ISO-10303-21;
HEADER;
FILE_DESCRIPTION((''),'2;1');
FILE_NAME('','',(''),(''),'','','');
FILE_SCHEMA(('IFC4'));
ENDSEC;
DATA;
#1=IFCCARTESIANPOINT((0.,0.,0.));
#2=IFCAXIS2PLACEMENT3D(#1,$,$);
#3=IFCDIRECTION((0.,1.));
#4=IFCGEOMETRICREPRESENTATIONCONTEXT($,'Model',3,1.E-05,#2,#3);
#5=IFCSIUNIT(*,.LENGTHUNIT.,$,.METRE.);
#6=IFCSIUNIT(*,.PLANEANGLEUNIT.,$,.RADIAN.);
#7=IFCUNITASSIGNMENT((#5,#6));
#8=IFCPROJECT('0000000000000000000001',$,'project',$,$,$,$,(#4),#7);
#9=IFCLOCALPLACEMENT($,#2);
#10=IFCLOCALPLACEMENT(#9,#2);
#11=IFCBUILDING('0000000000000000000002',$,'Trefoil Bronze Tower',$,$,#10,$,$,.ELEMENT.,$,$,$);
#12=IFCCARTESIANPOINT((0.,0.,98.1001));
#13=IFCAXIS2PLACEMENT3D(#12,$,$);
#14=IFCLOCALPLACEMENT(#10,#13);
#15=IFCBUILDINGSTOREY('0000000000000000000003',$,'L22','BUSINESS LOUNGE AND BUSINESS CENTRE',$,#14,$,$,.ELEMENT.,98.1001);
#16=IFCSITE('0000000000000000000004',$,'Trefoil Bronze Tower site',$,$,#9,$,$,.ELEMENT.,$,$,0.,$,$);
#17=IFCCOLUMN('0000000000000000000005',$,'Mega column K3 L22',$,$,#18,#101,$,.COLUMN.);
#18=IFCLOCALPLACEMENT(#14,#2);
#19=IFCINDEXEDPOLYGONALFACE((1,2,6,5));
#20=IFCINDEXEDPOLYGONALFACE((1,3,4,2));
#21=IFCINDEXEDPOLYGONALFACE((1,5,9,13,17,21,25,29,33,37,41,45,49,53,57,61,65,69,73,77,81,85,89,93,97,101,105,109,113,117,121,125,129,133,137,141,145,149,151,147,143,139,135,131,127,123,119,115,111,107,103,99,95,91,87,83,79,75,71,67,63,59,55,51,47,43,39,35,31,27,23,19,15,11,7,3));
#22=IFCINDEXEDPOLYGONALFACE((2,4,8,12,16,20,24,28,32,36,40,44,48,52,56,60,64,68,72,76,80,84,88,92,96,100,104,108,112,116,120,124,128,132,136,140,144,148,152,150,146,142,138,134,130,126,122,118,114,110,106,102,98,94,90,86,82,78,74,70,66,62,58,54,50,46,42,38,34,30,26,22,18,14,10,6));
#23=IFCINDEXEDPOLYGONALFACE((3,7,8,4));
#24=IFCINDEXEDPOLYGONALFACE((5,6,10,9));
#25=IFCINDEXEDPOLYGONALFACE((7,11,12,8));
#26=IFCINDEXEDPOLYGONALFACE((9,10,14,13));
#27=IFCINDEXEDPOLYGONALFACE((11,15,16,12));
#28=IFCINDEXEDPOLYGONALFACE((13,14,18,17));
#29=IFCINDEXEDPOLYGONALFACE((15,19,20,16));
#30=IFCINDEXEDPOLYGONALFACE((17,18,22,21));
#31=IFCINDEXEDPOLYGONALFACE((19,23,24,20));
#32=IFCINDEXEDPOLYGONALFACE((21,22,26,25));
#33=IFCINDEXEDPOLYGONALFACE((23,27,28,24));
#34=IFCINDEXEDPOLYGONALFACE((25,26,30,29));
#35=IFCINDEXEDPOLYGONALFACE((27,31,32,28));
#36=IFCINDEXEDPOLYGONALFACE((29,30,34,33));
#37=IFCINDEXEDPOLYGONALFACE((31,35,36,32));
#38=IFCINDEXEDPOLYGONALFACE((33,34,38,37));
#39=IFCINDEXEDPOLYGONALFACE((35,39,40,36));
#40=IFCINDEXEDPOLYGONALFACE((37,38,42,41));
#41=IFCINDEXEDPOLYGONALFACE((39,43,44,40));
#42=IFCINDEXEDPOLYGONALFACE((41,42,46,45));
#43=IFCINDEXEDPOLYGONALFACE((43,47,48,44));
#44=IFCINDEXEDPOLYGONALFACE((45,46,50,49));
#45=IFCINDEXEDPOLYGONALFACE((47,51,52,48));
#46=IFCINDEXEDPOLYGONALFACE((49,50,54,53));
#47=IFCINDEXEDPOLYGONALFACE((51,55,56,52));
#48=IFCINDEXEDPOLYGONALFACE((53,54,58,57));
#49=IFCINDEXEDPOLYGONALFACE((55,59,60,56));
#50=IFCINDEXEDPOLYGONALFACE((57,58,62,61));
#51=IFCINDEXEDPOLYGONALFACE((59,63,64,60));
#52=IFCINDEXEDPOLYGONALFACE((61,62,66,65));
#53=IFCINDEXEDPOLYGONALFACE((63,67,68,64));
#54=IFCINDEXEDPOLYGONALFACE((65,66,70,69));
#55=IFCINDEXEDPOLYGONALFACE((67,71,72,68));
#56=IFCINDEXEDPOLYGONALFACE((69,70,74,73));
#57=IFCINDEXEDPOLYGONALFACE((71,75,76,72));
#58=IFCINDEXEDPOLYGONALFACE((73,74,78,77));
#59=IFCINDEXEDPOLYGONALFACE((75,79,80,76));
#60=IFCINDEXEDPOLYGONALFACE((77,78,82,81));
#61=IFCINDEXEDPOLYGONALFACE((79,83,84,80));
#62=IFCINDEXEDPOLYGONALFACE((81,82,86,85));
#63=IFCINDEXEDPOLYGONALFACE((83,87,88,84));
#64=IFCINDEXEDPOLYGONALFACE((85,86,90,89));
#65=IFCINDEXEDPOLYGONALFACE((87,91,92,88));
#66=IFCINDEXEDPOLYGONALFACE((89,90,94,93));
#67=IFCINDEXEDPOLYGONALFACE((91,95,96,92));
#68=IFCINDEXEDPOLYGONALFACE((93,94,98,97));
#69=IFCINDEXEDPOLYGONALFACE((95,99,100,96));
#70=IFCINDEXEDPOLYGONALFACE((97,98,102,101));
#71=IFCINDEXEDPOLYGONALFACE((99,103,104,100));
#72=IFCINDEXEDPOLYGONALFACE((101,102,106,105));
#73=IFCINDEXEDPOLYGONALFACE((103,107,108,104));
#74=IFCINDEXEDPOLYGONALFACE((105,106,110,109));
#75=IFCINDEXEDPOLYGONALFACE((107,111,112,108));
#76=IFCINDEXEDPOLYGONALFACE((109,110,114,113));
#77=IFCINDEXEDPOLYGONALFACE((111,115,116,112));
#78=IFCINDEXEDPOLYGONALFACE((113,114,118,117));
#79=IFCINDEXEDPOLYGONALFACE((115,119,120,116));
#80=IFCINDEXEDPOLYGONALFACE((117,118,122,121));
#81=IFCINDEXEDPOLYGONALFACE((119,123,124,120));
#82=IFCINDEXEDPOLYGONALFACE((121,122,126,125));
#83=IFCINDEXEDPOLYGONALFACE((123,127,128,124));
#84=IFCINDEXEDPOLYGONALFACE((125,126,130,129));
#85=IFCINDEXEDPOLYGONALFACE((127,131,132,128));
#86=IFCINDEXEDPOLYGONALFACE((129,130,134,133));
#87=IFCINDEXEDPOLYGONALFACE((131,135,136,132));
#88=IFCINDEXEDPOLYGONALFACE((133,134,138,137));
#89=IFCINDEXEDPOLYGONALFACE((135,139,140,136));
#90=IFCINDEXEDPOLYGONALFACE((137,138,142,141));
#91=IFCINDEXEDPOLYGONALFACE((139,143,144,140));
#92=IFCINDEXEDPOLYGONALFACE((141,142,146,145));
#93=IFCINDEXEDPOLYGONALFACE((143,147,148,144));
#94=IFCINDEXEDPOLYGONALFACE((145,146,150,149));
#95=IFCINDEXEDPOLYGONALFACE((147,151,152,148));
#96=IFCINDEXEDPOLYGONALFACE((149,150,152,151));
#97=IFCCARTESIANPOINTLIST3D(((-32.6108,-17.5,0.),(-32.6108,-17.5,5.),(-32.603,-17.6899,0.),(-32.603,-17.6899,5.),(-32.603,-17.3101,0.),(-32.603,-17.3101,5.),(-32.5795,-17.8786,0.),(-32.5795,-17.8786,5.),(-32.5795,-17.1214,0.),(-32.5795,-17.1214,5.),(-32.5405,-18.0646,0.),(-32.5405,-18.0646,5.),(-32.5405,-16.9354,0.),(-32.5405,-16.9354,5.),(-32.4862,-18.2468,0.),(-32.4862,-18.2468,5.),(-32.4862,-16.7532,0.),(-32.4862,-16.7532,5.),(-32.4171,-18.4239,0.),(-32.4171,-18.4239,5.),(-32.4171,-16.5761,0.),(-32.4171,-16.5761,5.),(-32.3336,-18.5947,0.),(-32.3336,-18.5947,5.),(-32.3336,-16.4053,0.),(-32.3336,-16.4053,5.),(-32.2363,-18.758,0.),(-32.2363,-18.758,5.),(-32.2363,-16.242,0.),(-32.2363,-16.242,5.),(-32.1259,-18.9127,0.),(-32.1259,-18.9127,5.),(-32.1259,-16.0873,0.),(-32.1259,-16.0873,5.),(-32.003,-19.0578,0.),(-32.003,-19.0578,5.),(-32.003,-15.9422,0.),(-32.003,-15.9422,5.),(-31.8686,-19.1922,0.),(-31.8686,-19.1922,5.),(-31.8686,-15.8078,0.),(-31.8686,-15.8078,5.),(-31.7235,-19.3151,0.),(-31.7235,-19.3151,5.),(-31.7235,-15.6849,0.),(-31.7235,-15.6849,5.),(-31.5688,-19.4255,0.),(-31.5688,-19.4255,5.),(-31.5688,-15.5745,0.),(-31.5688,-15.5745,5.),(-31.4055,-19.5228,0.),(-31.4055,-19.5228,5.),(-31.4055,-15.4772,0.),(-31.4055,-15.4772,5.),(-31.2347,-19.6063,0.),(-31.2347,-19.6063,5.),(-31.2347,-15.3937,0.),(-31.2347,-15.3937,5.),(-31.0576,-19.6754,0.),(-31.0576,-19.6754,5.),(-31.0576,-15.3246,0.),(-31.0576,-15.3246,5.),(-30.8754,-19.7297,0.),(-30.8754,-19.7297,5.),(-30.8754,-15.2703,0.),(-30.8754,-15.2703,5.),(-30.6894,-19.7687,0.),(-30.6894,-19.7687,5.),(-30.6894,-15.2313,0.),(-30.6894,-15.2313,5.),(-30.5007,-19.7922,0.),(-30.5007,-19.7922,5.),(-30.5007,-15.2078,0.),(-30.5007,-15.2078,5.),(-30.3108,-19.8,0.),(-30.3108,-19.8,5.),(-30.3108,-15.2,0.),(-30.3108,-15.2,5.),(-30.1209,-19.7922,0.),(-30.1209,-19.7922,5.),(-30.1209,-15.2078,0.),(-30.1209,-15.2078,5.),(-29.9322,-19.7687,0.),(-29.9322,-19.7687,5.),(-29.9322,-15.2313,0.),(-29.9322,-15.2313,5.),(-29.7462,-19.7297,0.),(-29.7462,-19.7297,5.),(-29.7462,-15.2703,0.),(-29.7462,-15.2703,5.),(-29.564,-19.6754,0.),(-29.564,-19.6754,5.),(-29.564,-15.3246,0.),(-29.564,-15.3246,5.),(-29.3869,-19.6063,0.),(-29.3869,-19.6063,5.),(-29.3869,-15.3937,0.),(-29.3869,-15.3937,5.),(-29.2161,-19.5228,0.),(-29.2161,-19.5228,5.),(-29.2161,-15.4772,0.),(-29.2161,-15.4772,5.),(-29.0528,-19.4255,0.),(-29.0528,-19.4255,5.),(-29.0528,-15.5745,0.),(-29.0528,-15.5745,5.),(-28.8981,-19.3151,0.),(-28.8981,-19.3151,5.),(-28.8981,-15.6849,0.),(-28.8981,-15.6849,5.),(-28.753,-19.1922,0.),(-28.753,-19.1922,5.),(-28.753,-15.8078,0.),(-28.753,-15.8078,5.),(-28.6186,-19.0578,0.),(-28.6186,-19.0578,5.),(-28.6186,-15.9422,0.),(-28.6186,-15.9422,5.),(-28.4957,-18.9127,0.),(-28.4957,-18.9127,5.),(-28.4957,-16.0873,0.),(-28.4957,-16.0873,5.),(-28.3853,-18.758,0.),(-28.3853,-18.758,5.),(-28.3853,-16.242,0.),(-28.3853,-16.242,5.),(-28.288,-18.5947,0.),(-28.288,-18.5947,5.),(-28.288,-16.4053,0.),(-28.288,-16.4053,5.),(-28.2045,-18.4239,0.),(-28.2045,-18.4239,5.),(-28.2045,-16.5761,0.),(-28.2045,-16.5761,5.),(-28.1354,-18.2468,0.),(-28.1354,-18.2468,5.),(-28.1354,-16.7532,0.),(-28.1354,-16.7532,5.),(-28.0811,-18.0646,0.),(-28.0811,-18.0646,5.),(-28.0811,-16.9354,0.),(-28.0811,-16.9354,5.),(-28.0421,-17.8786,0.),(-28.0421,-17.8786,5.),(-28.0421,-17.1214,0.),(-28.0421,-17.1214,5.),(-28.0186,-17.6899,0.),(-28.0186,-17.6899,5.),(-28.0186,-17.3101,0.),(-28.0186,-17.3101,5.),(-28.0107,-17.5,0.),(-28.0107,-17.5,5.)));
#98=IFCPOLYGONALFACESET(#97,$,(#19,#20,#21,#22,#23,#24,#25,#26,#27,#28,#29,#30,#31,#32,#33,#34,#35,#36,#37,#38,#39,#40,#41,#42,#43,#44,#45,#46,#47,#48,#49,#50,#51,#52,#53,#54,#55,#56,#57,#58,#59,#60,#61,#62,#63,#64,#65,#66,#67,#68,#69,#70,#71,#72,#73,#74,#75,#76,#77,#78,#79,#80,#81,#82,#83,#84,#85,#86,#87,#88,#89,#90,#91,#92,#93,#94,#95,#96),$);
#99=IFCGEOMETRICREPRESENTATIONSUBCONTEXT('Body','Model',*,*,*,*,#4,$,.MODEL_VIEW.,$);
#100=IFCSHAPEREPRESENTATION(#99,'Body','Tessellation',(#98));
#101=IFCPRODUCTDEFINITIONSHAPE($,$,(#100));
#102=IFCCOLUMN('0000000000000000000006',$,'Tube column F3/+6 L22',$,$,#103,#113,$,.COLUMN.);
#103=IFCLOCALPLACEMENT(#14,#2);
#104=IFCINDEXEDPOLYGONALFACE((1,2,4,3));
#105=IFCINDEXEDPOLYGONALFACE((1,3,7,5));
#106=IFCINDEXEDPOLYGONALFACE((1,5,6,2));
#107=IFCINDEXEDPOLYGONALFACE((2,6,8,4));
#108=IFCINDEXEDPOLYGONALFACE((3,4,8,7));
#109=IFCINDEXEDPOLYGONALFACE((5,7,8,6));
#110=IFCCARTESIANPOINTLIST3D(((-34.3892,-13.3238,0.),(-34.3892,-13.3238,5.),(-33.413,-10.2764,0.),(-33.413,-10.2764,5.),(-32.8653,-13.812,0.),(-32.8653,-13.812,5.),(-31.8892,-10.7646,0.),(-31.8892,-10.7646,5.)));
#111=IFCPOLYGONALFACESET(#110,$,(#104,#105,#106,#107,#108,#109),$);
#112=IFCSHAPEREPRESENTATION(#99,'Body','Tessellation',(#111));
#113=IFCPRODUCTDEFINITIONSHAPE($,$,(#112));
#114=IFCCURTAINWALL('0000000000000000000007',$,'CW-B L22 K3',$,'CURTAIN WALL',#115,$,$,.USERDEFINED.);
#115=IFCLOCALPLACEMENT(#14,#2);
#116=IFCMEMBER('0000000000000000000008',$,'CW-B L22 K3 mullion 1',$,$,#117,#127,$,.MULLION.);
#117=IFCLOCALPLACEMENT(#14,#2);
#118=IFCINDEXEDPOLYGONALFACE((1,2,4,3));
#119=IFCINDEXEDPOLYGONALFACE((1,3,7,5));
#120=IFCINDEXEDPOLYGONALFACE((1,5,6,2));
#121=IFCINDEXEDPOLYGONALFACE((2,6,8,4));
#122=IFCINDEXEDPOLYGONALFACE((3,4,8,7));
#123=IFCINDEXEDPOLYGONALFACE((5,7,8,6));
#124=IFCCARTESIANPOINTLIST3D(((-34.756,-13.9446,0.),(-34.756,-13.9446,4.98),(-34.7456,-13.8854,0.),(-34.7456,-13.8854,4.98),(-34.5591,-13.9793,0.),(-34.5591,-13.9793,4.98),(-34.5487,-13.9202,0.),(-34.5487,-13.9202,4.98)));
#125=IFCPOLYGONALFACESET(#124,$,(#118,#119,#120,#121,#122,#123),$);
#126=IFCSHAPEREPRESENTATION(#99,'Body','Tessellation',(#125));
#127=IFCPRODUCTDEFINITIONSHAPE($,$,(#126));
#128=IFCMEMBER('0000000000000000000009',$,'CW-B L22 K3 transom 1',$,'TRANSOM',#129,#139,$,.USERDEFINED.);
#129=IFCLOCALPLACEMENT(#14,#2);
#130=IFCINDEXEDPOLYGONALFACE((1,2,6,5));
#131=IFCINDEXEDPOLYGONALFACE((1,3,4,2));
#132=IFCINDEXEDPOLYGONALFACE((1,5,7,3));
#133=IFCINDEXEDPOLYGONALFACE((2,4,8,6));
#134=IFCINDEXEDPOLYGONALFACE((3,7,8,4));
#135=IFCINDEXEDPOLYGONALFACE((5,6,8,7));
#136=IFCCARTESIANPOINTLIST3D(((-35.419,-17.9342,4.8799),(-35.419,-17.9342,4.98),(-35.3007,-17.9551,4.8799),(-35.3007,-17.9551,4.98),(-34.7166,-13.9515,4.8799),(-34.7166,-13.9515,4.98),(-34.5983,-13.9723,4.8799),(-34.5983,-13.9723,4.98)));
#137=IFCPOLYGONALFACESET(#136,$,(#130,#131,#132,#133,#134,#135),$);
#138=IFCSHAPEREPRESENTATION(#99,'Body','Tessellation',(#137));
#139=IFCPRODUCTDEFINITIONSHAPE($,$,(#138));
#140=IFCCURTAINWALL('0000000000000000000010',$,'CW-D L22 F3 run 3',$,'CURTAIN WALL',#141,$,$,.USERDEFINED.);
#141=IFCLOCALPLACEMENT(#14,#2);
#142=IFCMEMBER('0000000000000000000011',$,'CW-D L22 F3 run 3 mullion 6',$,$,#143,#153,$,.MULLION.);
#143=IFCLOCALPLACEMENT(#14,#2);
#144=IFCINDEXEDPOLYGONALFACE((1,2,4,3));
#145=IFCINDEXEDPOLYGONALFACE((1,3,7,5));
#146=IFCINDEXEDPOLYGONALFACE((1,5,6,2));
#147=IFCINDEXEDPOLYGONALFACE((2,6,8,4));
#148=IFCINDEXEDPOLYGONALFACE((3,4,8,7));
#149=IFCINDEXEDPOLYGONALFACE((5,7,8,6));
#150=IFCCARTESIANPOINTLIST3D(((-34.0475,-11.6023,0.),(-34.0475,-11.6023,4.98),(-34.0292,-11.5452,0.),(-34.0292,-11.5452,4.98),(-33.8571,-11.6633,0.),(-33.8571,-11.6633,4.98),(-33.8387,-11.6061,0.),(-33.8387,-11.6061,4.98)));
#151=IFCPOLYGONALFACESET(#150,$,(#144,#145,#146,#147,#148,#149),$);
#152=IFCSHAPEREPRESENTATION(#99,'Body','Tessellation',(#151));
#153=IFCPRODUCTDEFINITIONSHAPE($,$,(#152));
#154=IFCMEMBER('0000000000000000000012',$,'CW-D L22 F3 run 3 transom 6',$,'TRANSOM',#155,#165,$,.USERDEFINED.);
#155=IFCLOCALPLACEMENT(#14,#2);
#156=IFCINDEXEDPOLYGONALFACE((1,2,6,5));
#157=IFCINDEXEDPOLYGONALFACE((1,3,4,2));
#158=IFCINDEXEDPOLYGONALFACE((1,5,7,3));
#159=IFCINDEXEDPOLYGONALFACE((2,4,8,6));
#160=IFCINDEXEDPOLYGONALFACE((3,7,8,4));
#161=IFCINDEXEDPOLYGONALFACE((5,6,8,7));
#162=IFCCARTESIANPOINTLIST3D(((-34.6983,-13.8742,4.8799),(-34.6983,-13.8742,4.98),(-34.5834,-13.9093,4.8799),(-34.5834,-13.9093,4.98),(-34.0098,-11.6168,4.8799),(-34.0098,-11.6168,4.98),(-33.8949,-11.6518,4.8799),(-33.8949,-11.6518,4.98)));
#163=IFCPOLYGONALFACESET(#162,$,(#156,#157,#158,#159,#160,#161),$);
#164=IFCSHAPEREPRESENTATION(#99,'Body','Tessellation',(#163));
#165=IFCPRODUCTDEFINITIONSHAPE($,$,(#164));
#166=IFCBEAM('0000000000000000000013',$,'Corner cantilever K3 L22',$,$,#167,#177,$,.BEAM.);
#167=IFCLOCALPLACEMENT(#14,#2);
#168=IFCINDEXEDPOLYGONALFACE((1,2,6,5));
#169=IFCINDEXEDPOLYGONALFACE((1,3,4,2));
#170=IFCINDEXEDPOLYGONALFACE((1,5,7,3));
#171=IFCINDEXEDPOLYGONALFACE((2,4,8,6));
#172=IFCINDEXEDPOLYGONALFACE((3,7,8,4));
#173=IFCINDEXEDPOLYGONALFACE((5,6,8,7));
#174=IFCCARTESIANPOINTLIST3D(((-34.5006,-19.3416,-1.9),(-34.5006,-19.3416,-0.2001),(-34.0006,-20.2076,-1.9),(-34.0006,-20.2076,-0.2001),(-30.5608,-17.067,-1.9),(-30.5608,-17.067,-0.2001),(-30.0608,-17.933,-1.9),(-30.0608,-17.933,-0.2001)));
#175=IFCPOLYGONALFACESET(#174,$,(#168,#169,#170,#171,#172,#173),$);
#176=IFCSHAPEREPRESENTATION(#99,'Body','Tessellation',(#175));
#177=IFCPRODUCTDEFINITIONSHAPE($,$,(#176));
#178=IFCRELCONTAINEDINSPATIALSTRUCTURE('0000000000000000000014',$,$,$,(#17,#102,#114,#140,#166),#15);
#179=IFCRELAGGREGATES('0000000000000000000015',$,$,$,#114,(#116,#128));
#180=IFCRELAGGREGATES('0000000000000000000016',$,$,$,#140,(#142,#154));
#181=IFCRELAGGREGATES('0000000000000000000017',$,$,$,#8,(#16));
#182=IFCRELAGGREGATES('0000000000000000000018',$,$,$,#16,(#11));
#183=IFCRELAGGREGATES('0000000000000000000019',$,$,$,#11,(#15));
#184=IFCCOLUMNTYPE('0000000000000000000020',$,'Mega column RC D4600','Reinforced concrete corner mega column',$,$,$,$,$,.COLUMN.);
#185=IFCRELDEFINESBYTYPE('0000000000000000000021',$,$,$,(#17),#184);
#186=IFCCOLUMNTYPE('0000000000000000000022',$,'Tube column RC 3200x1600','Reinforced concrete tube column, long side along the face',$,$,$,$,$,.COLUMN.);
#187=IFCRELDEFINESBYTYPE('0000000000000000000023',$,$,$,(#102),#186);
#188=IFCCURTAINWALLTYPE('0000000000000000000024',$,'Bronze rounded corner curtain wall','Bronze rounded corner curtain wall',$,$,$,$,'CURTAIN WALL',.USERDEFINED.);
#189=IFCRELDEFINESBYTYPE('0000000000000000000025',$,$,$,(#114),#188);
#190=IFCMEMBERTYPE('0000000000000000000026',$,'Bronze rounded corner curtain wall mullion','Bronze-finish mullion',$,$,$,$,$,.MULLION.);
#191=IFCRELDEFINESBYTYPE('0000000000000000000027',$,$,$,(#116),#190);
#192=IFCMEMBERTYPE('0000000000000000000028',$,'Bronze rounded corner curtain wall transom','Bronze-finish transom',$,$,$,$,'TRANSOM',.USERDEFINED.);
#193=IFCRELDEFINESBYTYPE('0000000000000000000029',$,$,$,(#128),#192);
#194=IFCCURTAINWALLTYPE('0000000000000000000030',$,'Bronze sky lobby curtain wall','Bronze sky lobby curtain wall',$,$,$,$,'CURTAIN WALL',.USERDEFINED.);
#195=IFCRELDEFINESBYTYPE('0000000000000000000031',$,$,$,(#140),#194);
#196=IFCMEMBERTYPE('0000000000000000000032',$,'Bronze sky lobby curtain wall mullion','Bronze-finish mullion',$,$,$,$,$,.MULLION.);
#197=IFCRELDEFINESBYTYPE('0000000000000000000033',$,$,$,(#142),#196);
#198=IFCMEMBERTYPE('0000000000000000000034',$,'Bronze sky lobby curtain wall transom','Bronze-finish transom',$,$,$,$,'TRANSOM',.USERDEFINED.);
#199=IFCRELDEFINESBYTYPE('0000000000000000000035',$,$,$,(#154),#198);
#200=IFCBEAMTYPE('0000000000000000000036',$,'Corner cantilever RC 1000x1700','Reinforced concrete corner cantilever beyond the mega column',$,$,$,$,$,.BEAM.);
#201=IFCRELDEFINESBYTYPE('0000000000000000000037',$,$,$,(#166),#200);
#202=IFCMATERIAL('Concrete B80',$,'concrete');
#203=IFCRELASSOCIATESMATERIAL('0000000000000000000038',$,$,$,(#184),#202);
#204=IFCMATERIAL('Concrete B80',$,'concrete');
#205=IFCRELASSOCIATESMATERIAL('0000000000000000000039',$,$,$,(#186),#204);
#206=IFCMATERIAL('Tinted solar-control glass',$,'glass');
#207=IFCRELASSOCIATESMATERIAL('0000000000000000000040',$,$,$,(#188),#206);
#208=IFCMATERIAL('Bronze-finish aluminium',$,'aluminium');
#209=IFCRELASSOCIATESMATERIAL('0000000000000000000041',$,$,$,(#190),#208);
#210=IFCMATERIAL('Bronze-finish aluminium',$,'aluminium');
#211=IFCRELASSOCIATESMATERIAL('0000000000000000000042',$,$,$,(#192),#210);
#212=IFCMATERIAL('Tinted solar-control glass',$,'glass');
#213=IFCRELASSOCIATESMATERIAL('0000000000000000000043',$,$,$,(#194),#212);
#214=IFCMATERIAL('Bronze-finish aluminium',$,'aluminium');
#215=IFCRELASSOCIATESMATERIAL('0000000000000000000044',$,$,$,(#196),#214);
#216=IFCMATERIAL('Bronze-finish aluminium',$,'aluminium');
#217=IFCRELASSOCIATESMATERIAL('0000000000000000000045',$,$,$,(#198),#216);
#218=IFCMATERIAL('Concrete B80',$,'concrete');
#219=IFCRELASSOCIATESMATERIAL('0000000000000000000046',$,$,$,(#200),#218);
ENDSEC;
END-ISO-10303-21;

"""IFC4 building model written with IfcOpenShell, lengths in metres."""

from ifc_helpers import new_model, si_unit, direction, frame, origin, origin_2d, place, context, subcontext, project, spatial, rectangle, circle, extrude, material, material_profile, profile_set, type_object, element, aggregate, save


model = new_model("IFC4")

# Units and contexts
model_context = context("Model", 3, precision=1e-05, world=origin(), true_north=direction((0.0, 1.0)))
body_context = subcontext(model_context, "Body", "Model", "MODEL_VIEW")
ifc_project = project(units=[si_unit("LENGTHUNIT", "METRE"), si_unit("PLANEANGLEUNIT", "RADIAN")], contexts=[model_context])

# Site, building, storey
site_placement = place(None, origin())
site = spatial("IfcSite", under=ifc_project, at=site_placement, Name="Trefoil Bronze Tower site", CompositionType="ELEMENT", RefElevation=0.0)
building_placement = place(site_placement, origin())
building = spatial("IfcBuilding", under=site, at=building_placement, Name="Trefoil Bronze Tower", CompositionType="ELEMENT")
storey_placement = place(building_placement, frame((0.0, 0.0, 98.1001)))
storey = spatial("IfcBuildingStorey", under=building, at=storey_placement, Name="L22", Description="BUSINESS LOUNGE AND BUSINESS CENTRE", CompositionType="ELEMENT", Elevation=98.1001)

# Columns
ifc_material_1 = material(Name="Concrete B80", Category="concrete")
ifc_material_profile_1 = material_profile(ifc_material_1, circle(Radius=2.3, at=origin_2d()), Name="RC D4600")
ifc_profile_set_1 = profile_set([ifc_material_profile_1], Name="Concrete B80")
column_type_1 = type_object("IfcColumnType", Name="Mega column RC D4600", Description="Reinforced concrete corner mega column", PredefinedType="COLUMN", material=ifc_profile_set_1)
column_1_placement = place(storey_placement, frame((-30.3108, -17.5, 0.0), z_axis=(0.0, 0.0, 1.0), x_axis=(1.0, 0.0, 0.0)))
element("IfcColumn", 1, at=column_1_placement, inside=storey, type_object=column_type_1, Name="Mega column K3 L22", PredefinedType="COLUMN", context=body_context, shape_type="SweptSolid", body=[
    extrude(circle(Radius=2.3, at=origin_2d()), origin(), (0.0, 0.0, 1.0), 5.0),
])
ifc_material_2 = material(Name="Concrete B80", Category="concrete")
ifc_material_profile_2 = material_profile(ifc_material_2, rectangle(XDim=3.2, YDim=1.6001, at=origin_2d()), Name="RC 3200x1600")
ifc_profile_set_2 = profile_set([ifc_material_profile_2], Name="Concrete B80")
column_type_2 = type_object("IfcColumnType", Name="Tube column RC 3200x1600", Description="Reinforced concrete tube column, long side along the face", PredefinedType="COLUMN", material=ifc_profile_set_2)
column_2_placement = place(storey_placement, frame((-33.1392, -12.0442, 0.0), z_axis=(0.0, 0.0, 1.0), x_axis=(-0.305066, -0.952331, 0.0)))
element("IfcColumn", 2, at=column_2_placement, inside=storey, type_object=column_type_2, Name="Tube column F3/+6 L22", PredefinedType="COLUMN", context=body_context, shape_type="SweptSolid", body=[
    extrude(rectangle(XDim=3.2, YDim=1.6001, at=origin_2d()), origin(), (0.0, 0.0, 1.0), 5.0),
])

# Curtain walls, members
ifc_material_3 = material(Name="Tinted solar-control glass", Category="glass")
curtain_wall_type_1 = type_object("IfcCurtainWallType", Name="Bronze rounded corner curtain wall", Description="Bronze rounded corner curtain wall", ElementType="CURTAIN WALL", PredefinedType="USERDEFINED", material=ifc_material_3)
curtain_wall_1_placement = place(storey_placement, origin())
curtain_wall_1 = element("IfcCurtainWall", 3, at=curtain_wall_1_placement, inside=storey, type_object=curtain_wall_type_1, Name="CW-B L22 K3", ObjectType="CURTAIN WALL", PredefinedType="USERDEFINED")
ifc_material_4 = material(Name="Bronze-finish aluminium", Category="aluminium")
ifc_material_profile_3 = material_profile(ifc_material_4, rectangle(XDim=0.2, YDim=0.0601, at=origin_2d()), Name="CW-B mullion")
ifc_profile_set_3 = profile_set([ifc_material_profile_3], Name="Bronze-finish aluminium")
member_type_1 = type_object("IfcMemberType", Name="Bronze rounded corner curtain wall mullion", Description="Bronze-finish mullion", PredefinedType="MULLION", material=ifc_profile_set_3)
member_1_placement = place(storey_placement, frame((-34.6523, -13.9324, 0.0), z_axis=(0.0, 0.0, 1.0), x_axis=(0.984808, -0.173648, 0.0)))
member_1 = element("IfcMember", 4, at=member_1_placement, type_object=member_type_1, Name="CW-B L22 K3 mullion 1", PredefinedType="MULLION", context=body_context, shape_type="SweptSolid", body=[
    extrude(rectangle(XDim=0.2, YDim=0.0601, at=origin_2d()), origin(), (0.0, 0.0, 1.0), 4.98),
])
ifc_material_5 = material(Name="Bronze-finish aluminium", Category="aluminium")
ifc_material_profile_4 = material_profile(ifc_material_5, rectangle(XDim=0.1201, YDim=0.1001, at=origin_2d()), Name="CW-B transom")
ifc_profile_set_4 = profile_set([ifc_material_profile_4], Name="Bronze-finish aluminium")
member_type_2 = type_object("IfcMemberType", Name="Bronze rounded corner curtain wall transom", Description="Bronze-finish transom", ElementType="TRANSOM", PredefinedType="USERDEFINED", material=ifc_profile_set_4)
member_2_placement = place(storey_placement, frame((-34.6575, -13.9619, 4.9299), z_axis=(-0.173682, -0.984802, 0.0), x_axis=(0.984802, -0.173682, 0.0)))
member_2 = element("IfcMember", 5, at=member_2_placement, type_object=member_type_2, Name="CW-B L22 K3 transom 1", ObjectType="TRANSOM", PredefinedType="USERDEFINED", context=body_context, shape_type="SweptSolid", body=[
    extrude(rectangle(XDim=0.1201, YDim=0.1001, at=origin_2d()), origin(), (0.0, 0.0, 1.0), 4.0442),
])
ifc_material_6 = material(Name="Tinted solar-control glass", Category="glass")
curtain_wall_type_2 = type_object("IfcCurtainWallType", Name="Bronze sky lobby curtain wall", Description="Bronze sky lobby curtain wall", ElementType="CURTAIN WALL", PredefinedType="USERDEFINED", material=ifc_material_6)
curtain_wall_2_placement = place(storey_placement, origin())
curtain_wall_2 = element("IfcCurtainWall", 6, at=curtain_wall_2_placement, inside=storey, type_object=curtain_wall_type_2, Name="CW-D L22 F3 run 3", ObjectType="CURTAIN WALL", PredefinedType="USERDEFINED")
ifc_material_7 = material(Name="Bronze-finish aluminium", Category="aluminium")
ifc_material_profile_5 = material_profile(ifc_material_7, rectangle(XDim=0.2, YDim=0.0601, at=origin_2d()), Name="CW-D mullion")
ifc_profile_set_5 = profile_set([ifc_material_profile_5], Name="Bronze-finish aluminium")
member_type_3 = type_object("IfcMemberType", Name="Bronze sky lobby curtain wall mullion", Description="Bronze-finish mullion", PredefinedType="MULLION", material=ifc_profile_set_5)
member_3_placement = place(storey_placement, frame((-33.9431, -11.6042, 0.0), z_axis=(0.0, 0.0, 1.0), x_axis=(0.952331, -0.305066, 0.0)))
member_3 = element("IfcMember", 7, at=member_3_placement, type_object=member_type_3, Name="CW-D L22 F3 run 3 mullion 6", PredefinedType="MULLION", context=body_context, shape_type="SweptSolid", body=[
    extrude(rectangle(XDim=0.2, YDim=0.0601, at=origin_2d()), origin(), (0.0, 0.0, 1.0), 4.98),
])
ifc_material_8 = material(Name="Bronze-finish aluminium", Category="aluminium")
ifc_material_profile_6 = material_profile(ifc_material_8, rectangle(XDim=0.1201, YDim=0.1001, at=origin_2d()), Name="CW-D transom")
ifc_profile_set_6 = profile_set([ifc_material_profile_6], Name="Bronze-finish aluminium")
member_type_4 = type_object("IfcMemberType", Name="Bronze sky lobby curtain wall transom", Description="Bronze-finish transom", ElementType="TRANSOM", PredefinedType="USERDEFINED", material=ifc_profile_set_6)
member_4_placement = place(storey_placement, frame((-33.9524, -11.6343, 4.9299), z_axis=(-0.291701, -0.95651, 0.0), x_axis=(0.95651, -0.291701, 0.0)))
member_4 = element("IfcMember", 8, at=member_4_placement, type_object=member_type_4, Name="CW-D L22 F3 run 3 transom 6", ObjectType="TRANSOM", PredefinedType="USERDEFINED", context=body_context, shape_type="SweptSolid", body=[
    extrude(rectangle(XDim=0.1201, YDim=0.1001, at=origin_2d()), origin(), (0.0, 0.0, 1.0), 2.3601),
])

# Beam
ifc_material_9 = material(Name="Concrete B80", Category="concrete")
ifc_material_profile_7 = material_profile(ifc_material_9, rectangle(XDim=1.0, YDim=1.7, at=origin_2d()), Name="RC 1000x1700")
ifc_profile_set_7 = profile_set([ifc_material_profile_7], Name="Concrete B80")
beam_type_1 = type_object("IfcBeamType", Name="Corner cantilever RC 1000x1700", Description="Reinforced concrete corner cantilever beyond the mega column", PredefinedType="BEAM", material=ifc_profile_set_7)
beam_1_placement = place(storey_placement, frame((-30.3108, -17.5, -1.05), z_axis=(-0.866032, -0.499989, 0.0), x_axis=(0.499989, -0.866032, 0.0)))
element("IfcBeam", 9, at=beam_1_placement, inside=storey, type_object=beam_type_1, Name="Corner cantilever K3 L22", PredefinedType="BEAM", context=body_context, shape_type="SweptSolid", body=[
    extrude(rectangle(XDim=1.0, YDim=1.7, at=origin_2d()), origin(), (0.0, 0.0, 1.0), 4.5493),
])

aggregate(curtain_wall_1, [member_1, member_2])
aggregate(curtain_wall_2, [member_3, member_4])

save(model, "model.ifc")
